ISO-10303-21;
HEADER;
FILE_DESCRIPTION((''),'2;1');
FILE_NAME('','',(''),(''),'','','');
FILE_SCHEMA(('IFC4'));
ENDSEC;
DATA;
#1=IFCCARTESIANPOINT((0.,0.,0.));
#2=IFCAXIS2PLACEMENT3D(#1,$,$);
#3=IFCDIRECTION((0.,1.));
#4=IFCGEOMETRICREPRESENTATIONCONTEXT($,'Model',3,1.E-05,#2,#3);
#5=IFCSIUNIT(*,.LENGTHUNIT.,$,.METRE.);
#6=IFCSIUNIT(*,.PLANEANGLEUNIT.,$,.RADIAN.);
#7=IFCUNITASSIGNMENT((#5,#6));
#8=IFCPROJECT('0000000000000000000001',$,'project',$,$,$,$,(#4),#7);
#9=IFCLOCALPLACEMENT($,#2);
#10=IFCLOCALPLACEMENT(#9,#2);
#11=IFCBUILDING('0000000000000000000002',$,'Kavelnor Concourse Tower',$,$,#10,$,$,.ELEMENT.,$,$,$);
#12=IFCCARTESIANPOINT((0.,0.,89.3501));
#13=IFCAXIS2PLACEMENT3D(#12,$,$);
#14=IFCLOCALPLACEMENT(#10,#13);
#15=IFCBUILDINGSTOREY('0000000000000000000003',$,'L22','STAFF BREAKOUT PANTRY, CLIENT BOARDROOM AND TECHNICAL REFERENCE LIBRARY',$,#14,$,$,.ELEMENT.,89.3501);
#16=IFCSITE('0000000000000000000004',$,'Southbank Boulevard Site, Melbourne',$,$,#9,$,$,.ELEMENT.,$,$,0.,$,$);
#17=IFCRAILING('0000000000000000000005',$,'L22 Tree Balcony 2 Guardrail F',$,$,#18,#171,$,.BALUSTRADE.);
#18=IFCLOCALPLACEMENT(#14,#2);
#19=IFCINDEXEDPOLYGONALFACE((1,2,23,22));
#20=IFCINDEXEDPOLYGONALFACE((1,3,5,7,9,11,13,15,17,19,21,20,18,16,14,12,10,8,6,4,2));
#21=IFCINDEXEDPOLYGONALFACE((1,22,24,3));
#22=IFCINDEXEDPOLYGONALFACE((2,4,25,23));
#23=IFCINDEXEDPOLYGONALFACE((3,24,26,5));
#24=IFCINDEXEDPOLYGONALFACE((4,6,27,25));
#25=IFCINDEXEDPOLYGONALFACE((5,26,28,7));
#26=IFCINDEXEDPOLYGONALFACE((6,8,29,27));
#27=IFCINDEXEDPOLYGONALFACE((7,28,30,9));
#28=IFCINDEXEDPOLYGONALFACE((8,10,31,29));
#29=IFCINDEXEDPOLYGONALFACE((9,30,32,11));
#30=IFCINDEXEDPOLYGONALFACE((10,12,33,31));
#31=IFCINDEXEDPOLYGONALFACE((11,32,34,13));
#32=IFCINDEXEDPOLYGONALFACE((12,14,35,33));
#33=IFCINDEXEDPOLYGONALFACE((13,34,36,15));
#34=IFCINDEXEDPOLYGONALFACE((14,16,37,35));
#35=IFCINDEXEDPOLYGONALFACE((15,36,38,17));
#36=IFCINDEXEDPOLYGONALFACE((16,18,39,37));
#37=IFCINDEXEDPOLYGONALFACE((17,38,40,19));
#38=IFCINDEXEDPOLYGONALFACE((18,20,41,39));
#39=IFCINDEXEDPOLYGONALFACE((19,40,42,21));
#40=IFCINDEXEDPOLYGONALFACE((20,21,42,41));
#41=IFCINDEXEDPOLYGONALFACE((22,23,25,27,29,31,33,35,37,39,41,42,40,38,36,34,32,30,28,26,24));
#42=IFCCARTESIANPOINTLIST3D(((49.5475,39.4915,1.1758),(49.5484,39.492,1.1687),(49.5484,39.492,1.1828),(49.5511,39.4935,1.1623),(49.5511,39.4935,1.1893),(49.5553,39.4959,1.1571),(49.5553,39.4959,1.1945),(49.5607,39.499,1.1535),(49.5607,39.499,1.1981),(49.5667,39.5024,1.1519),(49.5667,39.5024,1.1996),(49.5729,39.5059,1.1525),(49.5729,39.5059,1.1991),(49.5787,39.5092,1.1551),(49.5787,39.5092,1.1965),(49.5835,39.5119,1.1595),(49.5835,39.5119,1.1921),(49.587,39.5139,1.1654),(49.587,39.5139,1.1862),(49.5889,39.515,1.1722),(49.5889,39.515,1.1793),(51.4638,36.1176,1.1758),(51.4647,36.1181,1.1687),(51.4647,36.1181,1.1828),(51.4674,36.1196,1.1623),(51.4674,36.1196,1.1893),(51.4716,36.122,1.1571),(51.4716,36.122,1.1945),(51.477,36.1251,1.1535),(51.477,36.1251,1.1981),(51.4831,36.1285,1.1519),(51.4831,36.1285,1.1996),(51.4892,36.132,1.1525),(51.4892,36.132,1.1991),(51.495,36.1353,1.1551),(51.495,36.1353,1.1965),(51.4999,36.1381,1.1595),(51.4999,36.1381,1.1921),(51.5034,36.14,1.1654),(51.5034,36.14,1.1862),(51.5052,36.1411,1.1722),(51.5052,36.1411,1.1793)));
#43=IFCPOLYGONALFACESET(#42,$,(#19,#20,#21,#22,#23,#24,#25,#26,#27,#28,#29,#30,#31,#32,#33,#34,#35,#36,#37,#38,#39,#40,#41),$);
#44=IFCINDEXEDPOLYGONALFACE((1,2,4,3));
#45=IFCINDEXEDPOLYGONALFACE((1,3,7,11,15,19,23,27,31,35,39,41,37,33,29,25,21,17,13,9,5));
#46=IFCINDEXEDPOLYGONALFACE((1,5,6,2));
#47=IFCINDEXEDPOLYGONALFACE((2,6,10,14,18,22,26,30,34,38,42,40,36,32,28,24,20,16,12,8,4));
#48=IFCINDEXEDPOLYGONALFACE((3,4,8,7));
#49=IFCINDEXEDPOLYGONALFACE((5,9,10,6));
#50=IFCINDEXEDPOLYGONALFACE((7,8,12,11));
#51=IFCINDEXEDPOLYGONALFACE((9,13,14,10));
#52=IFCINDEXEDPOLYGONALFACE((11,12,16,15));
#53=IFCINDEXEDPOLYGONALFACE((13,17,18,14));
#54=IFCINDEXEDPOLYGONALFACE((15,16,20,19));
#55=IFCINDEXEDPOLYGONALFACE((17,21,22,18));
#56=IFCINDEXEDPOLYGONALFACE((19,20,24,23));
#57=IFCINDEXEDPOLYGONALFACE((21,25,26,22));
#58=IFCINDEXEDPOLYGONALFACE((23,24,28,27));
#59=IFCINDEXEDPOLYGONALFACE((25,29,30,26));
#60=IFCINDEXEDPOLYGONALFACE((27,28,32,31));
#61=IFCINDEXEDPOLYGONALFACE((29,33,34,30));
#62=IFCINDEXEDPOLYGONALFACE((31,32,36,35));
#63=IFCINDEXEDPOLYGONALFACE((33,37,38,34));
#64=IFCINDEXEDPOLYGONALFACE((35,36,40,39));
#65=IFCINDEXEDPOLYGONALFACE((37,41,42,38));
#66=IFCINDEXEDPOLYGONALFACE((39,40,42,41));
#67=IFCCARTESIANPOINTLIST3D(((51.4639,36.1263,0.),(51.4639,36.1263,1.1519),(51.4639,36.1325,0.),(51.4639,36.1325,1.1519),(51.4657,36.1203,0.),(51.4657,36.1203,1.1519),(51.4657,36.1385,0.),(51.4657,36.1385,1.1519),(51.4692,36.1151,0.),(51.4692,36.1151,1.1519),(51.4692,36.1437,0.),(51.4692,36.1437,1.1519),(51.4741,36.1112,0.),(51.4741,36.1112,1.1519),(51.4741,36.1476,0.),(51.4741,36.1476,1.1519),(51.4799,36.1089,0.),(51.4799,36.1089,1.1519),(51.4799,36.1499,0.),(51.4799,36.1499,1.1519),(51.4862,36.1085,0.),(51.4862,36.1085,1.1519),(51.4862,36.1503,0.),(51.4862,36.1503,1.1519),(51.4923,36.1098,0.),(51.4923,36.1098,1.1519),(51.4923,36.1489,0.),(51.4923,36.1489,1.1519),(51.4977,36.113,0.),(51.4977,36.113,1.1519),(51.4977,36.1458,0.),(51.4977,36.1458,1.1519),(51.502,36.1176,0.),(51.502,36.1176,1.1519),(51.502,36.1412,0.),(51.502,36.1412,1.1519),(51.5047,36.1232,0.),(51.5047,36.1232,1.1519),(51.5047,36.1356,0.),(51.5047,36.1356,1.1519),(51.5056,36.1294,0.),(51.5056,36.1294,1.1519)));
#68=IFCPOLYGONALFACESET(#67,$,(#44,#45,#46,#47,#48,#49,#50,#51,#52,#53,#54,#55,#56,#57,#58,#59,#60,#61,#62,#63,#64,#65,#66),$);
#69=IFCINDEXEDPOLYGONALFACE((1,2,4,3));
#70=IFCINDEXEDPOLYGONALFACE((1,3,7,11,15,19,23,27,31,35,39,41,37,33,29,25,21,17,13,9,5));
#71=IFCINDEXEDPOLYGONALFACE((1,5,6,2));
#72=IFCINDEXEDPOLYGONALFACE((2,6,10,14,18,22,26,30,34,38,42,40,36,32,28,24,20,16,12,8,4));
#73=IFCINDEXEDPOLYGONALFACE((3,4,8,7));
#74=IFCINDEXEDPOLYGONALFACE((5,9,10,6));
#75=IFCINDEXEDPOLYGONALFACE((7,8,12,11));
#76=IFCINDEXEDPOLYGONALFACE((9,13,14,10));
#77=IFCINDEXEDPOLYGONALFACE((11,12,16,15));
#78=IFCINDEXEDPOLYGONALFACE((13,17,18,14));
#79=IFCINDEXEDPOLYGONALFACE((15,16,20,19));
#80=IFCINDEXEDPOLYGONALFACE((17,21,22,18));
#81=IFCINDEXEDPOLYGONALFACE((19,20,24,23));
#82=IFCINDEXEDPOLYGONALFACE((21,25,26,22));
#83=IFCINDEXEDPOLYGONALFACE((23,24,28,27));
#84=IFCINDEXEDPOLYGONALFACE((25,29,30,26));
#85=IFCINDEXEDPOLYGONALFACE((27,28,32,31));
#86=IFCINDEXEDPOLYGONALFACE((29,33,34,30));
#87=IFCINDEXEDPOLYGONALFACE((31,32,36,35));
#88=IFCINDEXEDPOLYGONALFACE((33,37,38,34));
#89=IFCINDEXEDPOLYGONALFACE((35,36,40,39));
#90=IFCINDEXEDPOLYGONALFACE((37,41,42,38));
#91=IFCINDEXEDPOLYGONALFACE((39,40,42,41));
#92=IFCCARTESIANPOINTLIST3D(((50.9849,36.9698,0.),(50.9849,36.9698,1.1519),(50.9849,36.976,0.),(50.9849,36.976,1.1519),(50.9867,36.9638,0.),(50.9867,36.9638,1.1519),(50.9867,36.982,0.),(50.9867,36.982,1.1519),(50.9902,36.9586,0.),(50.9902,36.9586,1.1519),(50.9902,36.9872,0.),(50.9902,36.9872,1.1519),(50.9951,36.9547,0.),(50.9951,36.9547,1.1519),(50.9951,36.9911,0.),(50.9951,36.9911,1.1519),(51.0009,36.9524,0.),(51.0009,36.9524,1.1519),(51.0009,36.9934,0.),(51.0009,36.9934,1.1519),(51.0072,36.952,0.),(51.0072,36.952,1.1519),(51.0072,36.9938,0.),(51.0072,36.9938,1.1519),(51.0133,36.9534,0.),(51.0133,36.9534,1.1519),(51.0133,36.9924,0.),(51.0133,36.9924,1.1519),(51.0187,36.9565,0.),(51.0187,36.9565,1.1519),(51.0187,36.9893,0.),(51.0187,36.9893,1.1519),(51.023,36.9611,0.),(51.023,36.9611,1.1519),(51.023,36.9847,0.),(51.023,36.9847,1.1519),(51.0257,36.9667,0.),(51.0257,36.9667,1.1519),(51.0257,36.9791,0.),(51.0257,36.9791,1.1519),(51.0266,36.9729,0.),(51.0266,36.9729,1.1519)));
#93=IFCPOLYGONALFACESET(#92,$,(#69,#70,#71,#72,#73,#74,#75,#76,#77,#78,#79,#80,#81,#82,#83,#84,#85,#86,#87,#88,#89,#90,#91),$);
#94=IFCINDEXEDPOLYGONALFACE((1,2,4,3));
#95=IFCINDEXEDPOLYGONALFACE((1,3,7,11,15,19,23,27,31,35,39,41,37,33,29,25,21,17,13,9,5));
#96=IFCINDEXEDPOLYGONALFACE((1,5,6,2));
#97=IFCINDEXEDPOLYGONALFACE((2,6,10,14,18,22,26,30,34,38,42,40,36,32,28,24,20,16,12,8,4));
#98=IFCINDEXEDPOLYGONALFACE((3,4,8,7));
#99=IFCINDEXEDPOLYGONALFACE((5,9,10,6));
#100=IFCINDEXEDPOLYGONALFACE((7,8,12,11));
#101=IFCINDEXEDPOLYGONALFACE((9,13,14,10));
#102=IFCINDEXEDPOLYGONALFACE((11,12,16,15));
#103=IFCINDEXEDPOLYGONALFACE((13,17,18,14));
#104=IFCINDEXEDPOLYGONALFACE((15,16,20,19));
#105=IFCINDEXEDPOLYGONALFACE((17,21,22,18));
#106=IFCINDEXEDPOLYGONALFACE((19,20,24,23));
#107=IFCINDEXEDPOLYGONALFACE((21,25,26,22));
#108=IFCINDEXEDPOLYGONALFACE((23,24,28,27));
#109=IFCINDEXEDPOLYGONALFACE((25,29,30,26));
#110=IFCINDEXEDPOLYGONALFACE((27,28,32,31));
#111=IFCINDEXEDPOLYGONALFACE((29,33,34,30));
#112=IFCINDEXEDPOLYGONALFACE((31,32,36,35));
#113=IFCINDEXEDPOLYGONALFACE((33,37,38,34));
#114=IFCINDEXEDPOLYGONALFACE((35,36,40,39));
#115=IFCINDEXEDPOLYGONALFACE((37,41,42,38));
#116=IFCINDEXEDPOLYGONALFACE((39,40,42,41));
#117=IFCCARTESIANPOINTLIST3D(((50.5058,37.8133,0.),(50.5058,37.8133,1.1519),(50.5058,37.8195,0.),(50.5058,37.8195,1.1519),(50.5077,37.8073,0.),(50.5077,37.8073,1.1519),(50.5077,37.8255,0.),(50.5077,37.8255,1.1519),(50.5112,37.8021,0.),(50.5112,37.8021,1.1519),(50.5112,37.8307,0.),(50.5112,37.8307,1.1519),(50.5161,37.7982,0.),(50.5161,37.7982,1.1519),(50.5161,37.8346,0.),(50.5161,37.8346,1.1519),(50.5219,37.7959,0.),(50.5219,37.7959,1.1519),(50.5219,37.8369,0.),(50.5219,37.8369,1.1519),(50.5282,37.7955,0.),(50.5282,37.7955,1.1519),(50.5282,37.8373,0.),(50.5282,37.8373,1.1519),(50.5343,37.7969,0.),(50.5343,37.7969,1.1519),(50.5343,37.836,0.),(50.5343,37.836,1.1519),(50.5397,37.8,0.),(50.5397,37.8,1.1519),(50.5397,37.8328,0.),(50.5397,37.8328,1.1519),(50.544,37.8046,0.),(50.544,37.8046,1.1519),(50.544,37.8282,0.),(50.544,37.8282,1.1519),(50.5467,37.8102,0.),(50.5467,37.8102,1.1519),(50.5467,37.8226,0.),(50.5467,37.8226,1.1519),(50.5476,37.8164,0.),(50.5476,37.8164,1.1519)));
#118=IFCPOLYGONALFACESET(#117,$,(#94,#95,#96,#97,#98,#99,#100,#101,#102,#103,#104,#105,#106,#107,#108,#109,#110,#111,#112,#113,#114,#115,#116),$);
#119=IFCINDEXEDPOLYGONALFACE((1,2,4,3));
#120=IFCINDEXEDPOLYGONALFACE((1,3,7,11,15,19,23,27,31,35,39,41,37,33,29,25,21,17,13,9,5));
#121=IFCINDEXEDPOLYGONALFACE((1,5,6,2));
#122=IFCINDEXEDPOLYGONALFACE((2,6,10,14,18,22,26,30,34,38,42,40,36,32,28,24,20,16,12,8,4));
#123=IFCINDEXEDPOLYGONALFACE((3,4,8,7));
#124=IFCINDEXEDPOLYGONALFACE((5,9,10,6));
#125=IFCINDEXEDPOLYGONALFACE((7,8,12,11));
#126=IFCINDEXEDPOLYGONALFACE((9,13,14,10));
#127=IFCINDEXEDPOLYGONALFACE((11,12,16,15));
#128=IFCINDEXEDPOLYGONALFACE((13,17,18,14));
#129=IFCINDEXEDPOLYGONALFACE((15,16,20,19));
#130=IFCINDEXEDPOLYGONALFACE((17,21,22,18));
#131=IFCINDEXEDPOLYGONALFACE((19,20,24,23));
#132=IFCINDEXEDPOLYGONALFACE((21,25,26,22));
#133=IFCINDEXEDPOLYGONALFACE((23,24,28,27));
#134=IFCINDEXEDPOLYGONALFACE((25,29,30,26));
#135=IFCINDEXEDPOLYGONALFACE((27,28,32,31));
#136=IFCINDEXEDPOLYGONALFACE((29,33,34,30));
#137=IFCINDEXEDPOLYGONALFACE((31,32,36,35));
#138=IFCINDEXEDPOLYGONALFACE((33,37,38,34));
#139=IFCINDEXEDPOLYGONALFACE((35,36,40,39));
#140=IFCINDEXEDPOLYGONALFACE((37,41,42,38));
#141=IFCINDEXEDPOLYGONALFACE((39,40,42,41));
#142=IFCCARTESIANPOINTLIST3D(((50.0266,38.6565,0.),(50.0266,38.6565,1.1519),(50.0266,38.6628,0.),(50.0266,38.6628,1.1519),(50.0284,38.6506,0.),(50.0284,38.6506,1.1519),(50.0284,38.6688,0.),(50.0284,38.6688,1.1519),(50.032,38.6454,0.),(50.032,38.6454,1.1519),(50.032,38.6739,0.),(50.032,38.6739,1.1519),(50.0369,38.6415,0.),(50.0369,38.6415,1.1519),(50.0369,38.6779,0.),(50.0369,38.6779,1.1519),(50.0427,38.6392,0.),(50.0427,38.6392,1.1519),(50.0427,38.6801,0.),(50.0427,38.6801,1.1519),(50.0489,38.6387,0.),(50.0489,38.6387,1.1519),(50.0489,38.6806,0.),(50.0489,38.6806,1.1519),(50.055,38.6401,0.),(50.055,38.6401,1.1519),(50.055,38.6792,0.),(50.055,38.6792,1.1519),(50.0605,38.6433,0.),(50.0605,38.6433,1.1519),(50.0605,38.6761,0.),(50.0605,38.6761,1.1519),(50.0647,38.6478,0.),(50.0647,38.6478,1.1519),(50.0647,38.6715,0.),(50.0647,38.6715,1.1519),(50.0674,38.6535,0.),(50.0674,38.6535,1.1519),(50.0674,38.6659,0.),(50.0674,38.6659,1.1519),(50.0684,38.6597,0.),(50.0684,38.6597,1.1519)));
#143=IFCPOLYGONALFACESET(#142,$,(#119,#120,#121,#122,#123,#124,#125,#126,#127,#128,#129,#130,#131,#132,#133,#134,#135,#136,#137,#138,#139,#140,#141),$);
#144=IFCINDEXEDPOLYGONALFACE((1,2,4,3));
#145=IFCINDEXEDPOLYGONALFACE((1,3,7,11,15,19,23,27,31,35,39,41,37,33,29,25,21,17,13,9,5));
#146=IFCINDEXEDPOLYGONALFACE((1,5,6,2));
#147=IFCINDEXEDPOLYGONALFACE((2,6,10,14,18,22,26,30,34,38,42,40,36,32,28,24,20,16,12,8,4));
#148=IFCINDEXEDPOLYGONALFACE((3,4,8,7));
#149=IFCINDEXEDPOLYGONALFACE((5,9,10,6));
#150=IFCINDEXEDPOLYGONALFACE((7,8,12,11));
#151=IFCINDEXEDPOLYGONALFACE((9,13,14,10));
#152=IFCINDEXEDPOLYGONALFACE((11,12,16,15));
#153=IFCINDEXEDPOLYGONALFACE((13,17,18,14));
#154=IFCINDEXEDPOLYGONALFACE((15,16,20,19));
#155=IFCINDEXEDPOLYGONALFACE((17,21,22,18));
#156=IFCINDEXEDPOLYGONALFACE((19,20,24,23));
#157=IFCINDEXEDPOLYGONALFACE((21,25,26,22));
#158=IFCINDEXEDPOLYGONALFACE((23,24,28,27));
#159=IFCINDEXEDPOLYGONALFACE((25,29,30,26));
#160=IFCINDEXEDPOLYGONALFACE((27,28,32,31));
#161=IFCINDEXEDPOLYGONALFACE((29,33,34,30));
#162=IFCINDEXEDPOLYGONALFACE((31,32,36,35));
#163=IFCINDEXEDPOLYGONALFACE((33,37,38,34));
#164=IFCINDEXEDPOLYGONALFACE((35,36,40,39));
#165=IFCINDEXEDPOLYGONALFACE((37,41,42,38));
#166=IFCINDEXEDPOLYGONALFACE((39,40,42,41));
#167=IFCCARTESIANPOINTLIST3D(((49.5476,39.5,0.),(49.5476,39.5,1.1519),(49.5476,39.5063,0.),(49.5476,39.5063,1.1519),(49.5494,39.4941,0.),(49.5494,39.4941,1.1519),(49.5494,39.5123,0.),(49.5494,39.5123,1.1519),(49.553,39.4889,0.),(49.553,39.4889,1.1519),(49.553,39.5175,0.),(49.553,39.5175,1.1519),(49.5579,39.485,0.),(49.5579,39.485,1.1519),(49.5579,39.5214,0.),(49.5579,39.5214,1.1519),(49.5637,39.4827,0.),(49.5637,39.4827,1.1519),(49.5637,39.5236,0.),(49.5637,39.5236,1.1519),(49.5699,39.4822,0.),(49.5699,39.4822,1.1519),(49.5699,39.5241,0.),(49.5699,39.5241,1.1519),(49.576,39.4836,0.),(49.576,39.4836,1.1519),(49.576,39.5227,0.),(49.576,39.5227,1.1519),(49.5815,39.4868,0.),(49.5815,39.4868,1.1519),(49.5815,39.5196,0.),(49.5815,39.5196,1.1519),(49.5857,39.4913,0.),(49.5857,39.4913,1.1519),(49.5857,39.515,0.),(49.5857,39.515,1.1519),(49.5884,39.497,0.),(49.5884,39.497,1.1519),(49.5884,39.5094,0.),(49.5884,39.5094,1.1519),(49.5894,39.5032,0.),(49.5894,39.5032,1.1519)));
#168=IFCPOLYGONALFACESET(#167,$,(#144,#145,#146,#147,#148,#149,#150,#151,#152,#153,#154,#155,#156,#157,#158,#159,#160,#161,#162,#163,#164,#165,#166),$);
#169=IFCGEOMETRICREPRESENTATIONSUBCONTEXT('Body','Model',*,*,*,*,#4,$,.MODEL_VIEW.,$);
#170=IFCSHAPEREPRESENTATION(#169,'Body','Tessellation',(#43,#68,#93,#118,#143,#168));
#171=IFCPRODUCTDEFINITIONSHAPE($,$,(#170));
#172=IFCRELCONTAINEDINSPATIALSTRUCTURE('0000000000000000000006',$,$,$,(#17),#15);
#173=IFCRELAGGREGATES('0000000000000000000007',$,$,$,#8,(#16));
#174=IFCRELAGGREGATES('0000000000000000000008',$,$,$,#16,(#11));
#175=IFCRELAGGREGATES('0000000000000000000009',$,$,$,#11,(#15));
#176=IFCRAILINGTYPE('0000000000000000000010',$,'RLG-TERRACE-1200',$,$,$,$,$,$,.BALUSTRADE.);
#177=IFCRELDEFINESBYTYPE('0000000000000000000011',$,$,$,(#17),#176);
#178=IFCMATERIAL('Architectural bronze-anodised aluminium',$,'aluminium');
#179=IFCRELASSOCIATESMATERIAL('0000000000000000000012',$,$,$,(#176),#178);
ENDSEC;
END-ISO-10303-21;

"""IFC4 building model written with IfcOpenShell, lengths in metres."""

from ifc_helpers import new_model, si_unit, direction, frame, origin, origin_2d, place, context, subcontext, project, spatial, circle, extrude, material, type_object, element, save


model = new_model("IFC4")

# Units and contexts
model_context = context("Model", 3, precision=1e-05, world=origin(), true_north=direction((0.0, 1.0)))
body_context = subcontext(model_context, "Body", "Model", "MODEL_VIEW")
ifc_project = project(units=[si_unit("LENGTHUNIT", "METRE"), si_unit("PLANEANGLEUNIT", "RADIAN")], contexts=[model_context])

# Site, building, storey
site_placement = place(None, origin())
site = spatial("IfcSite", under=ifc_project, at=site_placement, Name="Southbank Boulevard Site, Melbourne", CompositionType="ELEMENT", RefElevation=0.0)
building_placement = place(site_placement, origin())
building = spatial("IfcBuilding", under=site, at=building_placement, Name="Kavelnor Concourse Tower", CompositionType="ELEMENT")
storey_placement = place(building_placement, frame((0.0, 0.0, 89.3501)))
storey = spatial("IfcBuildingStorey", under=building, at=storey_placement, Name="L22", Description="STAFF BREAKOUT PANTRY, CLIENT BOARDROOM AND TECHNICAL REFERENCE LIBRARY", CompositionType="ELEMENT", Elevation=89.3501)

# Railing
ifc_material_1 = material(Name="Architectural bronze-anodised aluminium", Category="aluminium")
railing_type = type_object("IfcRailingType", Name="RLG-TERRACE-1200", PredefinedType="BALUSTRADE", material=ifc_material_1)
railing_1_placement = place(storey_placement, frame((51.4846, 36.1294, 0.0)))
element("IfcRailing", 1, at=railing_1_placement, inside=storey, type_object=railing_type, Name="L22 Tree Balcony 2 Guardrail F", PredefinedType="BALUSTRADE", context=body_context, shape_type="SweptSolid", body=[
    extrude(circle(Radius=0.0239, at=origin_2d()), frame((0.0, 0.0, 1.1758), z_axis=(-0.493881, 0.86953, 0.0), x_axis=(-0.86953, -0.493881, 0.0)), (0.0, 0.0, 1.0), 3.8801),
    extrude(circle(Radius=0.021, at=origin_2d()), origin(), (0.0, 0.0, 1.0), 1.1519),
    extrude(circle(Radius=0.021, at=origin_2d()), frame((-0.479, 0.8435, 0.0)), (0.0, 0.0, 1.0), 1.1519),
    extrude(circle(Radius=0.021, at=origin_2d()), frame((-0.958, 1.687, 0.0)), (0.0, 0.0, 1.0), 1.1519),
    extrude(circle(Radius=0.021, at=origin_2d()), frame((-1.4373, 2.5303, 0.0)), (0.0, 0.0, 1.0), 1.1519),
    extrude(circle(Radius=0.021, at=origin_2d()), frame((-1.9163, 3.3738, 0.0)), (0.0, 0.0, 1.0), 1.1519),
])

save(model, "model.ifc")
